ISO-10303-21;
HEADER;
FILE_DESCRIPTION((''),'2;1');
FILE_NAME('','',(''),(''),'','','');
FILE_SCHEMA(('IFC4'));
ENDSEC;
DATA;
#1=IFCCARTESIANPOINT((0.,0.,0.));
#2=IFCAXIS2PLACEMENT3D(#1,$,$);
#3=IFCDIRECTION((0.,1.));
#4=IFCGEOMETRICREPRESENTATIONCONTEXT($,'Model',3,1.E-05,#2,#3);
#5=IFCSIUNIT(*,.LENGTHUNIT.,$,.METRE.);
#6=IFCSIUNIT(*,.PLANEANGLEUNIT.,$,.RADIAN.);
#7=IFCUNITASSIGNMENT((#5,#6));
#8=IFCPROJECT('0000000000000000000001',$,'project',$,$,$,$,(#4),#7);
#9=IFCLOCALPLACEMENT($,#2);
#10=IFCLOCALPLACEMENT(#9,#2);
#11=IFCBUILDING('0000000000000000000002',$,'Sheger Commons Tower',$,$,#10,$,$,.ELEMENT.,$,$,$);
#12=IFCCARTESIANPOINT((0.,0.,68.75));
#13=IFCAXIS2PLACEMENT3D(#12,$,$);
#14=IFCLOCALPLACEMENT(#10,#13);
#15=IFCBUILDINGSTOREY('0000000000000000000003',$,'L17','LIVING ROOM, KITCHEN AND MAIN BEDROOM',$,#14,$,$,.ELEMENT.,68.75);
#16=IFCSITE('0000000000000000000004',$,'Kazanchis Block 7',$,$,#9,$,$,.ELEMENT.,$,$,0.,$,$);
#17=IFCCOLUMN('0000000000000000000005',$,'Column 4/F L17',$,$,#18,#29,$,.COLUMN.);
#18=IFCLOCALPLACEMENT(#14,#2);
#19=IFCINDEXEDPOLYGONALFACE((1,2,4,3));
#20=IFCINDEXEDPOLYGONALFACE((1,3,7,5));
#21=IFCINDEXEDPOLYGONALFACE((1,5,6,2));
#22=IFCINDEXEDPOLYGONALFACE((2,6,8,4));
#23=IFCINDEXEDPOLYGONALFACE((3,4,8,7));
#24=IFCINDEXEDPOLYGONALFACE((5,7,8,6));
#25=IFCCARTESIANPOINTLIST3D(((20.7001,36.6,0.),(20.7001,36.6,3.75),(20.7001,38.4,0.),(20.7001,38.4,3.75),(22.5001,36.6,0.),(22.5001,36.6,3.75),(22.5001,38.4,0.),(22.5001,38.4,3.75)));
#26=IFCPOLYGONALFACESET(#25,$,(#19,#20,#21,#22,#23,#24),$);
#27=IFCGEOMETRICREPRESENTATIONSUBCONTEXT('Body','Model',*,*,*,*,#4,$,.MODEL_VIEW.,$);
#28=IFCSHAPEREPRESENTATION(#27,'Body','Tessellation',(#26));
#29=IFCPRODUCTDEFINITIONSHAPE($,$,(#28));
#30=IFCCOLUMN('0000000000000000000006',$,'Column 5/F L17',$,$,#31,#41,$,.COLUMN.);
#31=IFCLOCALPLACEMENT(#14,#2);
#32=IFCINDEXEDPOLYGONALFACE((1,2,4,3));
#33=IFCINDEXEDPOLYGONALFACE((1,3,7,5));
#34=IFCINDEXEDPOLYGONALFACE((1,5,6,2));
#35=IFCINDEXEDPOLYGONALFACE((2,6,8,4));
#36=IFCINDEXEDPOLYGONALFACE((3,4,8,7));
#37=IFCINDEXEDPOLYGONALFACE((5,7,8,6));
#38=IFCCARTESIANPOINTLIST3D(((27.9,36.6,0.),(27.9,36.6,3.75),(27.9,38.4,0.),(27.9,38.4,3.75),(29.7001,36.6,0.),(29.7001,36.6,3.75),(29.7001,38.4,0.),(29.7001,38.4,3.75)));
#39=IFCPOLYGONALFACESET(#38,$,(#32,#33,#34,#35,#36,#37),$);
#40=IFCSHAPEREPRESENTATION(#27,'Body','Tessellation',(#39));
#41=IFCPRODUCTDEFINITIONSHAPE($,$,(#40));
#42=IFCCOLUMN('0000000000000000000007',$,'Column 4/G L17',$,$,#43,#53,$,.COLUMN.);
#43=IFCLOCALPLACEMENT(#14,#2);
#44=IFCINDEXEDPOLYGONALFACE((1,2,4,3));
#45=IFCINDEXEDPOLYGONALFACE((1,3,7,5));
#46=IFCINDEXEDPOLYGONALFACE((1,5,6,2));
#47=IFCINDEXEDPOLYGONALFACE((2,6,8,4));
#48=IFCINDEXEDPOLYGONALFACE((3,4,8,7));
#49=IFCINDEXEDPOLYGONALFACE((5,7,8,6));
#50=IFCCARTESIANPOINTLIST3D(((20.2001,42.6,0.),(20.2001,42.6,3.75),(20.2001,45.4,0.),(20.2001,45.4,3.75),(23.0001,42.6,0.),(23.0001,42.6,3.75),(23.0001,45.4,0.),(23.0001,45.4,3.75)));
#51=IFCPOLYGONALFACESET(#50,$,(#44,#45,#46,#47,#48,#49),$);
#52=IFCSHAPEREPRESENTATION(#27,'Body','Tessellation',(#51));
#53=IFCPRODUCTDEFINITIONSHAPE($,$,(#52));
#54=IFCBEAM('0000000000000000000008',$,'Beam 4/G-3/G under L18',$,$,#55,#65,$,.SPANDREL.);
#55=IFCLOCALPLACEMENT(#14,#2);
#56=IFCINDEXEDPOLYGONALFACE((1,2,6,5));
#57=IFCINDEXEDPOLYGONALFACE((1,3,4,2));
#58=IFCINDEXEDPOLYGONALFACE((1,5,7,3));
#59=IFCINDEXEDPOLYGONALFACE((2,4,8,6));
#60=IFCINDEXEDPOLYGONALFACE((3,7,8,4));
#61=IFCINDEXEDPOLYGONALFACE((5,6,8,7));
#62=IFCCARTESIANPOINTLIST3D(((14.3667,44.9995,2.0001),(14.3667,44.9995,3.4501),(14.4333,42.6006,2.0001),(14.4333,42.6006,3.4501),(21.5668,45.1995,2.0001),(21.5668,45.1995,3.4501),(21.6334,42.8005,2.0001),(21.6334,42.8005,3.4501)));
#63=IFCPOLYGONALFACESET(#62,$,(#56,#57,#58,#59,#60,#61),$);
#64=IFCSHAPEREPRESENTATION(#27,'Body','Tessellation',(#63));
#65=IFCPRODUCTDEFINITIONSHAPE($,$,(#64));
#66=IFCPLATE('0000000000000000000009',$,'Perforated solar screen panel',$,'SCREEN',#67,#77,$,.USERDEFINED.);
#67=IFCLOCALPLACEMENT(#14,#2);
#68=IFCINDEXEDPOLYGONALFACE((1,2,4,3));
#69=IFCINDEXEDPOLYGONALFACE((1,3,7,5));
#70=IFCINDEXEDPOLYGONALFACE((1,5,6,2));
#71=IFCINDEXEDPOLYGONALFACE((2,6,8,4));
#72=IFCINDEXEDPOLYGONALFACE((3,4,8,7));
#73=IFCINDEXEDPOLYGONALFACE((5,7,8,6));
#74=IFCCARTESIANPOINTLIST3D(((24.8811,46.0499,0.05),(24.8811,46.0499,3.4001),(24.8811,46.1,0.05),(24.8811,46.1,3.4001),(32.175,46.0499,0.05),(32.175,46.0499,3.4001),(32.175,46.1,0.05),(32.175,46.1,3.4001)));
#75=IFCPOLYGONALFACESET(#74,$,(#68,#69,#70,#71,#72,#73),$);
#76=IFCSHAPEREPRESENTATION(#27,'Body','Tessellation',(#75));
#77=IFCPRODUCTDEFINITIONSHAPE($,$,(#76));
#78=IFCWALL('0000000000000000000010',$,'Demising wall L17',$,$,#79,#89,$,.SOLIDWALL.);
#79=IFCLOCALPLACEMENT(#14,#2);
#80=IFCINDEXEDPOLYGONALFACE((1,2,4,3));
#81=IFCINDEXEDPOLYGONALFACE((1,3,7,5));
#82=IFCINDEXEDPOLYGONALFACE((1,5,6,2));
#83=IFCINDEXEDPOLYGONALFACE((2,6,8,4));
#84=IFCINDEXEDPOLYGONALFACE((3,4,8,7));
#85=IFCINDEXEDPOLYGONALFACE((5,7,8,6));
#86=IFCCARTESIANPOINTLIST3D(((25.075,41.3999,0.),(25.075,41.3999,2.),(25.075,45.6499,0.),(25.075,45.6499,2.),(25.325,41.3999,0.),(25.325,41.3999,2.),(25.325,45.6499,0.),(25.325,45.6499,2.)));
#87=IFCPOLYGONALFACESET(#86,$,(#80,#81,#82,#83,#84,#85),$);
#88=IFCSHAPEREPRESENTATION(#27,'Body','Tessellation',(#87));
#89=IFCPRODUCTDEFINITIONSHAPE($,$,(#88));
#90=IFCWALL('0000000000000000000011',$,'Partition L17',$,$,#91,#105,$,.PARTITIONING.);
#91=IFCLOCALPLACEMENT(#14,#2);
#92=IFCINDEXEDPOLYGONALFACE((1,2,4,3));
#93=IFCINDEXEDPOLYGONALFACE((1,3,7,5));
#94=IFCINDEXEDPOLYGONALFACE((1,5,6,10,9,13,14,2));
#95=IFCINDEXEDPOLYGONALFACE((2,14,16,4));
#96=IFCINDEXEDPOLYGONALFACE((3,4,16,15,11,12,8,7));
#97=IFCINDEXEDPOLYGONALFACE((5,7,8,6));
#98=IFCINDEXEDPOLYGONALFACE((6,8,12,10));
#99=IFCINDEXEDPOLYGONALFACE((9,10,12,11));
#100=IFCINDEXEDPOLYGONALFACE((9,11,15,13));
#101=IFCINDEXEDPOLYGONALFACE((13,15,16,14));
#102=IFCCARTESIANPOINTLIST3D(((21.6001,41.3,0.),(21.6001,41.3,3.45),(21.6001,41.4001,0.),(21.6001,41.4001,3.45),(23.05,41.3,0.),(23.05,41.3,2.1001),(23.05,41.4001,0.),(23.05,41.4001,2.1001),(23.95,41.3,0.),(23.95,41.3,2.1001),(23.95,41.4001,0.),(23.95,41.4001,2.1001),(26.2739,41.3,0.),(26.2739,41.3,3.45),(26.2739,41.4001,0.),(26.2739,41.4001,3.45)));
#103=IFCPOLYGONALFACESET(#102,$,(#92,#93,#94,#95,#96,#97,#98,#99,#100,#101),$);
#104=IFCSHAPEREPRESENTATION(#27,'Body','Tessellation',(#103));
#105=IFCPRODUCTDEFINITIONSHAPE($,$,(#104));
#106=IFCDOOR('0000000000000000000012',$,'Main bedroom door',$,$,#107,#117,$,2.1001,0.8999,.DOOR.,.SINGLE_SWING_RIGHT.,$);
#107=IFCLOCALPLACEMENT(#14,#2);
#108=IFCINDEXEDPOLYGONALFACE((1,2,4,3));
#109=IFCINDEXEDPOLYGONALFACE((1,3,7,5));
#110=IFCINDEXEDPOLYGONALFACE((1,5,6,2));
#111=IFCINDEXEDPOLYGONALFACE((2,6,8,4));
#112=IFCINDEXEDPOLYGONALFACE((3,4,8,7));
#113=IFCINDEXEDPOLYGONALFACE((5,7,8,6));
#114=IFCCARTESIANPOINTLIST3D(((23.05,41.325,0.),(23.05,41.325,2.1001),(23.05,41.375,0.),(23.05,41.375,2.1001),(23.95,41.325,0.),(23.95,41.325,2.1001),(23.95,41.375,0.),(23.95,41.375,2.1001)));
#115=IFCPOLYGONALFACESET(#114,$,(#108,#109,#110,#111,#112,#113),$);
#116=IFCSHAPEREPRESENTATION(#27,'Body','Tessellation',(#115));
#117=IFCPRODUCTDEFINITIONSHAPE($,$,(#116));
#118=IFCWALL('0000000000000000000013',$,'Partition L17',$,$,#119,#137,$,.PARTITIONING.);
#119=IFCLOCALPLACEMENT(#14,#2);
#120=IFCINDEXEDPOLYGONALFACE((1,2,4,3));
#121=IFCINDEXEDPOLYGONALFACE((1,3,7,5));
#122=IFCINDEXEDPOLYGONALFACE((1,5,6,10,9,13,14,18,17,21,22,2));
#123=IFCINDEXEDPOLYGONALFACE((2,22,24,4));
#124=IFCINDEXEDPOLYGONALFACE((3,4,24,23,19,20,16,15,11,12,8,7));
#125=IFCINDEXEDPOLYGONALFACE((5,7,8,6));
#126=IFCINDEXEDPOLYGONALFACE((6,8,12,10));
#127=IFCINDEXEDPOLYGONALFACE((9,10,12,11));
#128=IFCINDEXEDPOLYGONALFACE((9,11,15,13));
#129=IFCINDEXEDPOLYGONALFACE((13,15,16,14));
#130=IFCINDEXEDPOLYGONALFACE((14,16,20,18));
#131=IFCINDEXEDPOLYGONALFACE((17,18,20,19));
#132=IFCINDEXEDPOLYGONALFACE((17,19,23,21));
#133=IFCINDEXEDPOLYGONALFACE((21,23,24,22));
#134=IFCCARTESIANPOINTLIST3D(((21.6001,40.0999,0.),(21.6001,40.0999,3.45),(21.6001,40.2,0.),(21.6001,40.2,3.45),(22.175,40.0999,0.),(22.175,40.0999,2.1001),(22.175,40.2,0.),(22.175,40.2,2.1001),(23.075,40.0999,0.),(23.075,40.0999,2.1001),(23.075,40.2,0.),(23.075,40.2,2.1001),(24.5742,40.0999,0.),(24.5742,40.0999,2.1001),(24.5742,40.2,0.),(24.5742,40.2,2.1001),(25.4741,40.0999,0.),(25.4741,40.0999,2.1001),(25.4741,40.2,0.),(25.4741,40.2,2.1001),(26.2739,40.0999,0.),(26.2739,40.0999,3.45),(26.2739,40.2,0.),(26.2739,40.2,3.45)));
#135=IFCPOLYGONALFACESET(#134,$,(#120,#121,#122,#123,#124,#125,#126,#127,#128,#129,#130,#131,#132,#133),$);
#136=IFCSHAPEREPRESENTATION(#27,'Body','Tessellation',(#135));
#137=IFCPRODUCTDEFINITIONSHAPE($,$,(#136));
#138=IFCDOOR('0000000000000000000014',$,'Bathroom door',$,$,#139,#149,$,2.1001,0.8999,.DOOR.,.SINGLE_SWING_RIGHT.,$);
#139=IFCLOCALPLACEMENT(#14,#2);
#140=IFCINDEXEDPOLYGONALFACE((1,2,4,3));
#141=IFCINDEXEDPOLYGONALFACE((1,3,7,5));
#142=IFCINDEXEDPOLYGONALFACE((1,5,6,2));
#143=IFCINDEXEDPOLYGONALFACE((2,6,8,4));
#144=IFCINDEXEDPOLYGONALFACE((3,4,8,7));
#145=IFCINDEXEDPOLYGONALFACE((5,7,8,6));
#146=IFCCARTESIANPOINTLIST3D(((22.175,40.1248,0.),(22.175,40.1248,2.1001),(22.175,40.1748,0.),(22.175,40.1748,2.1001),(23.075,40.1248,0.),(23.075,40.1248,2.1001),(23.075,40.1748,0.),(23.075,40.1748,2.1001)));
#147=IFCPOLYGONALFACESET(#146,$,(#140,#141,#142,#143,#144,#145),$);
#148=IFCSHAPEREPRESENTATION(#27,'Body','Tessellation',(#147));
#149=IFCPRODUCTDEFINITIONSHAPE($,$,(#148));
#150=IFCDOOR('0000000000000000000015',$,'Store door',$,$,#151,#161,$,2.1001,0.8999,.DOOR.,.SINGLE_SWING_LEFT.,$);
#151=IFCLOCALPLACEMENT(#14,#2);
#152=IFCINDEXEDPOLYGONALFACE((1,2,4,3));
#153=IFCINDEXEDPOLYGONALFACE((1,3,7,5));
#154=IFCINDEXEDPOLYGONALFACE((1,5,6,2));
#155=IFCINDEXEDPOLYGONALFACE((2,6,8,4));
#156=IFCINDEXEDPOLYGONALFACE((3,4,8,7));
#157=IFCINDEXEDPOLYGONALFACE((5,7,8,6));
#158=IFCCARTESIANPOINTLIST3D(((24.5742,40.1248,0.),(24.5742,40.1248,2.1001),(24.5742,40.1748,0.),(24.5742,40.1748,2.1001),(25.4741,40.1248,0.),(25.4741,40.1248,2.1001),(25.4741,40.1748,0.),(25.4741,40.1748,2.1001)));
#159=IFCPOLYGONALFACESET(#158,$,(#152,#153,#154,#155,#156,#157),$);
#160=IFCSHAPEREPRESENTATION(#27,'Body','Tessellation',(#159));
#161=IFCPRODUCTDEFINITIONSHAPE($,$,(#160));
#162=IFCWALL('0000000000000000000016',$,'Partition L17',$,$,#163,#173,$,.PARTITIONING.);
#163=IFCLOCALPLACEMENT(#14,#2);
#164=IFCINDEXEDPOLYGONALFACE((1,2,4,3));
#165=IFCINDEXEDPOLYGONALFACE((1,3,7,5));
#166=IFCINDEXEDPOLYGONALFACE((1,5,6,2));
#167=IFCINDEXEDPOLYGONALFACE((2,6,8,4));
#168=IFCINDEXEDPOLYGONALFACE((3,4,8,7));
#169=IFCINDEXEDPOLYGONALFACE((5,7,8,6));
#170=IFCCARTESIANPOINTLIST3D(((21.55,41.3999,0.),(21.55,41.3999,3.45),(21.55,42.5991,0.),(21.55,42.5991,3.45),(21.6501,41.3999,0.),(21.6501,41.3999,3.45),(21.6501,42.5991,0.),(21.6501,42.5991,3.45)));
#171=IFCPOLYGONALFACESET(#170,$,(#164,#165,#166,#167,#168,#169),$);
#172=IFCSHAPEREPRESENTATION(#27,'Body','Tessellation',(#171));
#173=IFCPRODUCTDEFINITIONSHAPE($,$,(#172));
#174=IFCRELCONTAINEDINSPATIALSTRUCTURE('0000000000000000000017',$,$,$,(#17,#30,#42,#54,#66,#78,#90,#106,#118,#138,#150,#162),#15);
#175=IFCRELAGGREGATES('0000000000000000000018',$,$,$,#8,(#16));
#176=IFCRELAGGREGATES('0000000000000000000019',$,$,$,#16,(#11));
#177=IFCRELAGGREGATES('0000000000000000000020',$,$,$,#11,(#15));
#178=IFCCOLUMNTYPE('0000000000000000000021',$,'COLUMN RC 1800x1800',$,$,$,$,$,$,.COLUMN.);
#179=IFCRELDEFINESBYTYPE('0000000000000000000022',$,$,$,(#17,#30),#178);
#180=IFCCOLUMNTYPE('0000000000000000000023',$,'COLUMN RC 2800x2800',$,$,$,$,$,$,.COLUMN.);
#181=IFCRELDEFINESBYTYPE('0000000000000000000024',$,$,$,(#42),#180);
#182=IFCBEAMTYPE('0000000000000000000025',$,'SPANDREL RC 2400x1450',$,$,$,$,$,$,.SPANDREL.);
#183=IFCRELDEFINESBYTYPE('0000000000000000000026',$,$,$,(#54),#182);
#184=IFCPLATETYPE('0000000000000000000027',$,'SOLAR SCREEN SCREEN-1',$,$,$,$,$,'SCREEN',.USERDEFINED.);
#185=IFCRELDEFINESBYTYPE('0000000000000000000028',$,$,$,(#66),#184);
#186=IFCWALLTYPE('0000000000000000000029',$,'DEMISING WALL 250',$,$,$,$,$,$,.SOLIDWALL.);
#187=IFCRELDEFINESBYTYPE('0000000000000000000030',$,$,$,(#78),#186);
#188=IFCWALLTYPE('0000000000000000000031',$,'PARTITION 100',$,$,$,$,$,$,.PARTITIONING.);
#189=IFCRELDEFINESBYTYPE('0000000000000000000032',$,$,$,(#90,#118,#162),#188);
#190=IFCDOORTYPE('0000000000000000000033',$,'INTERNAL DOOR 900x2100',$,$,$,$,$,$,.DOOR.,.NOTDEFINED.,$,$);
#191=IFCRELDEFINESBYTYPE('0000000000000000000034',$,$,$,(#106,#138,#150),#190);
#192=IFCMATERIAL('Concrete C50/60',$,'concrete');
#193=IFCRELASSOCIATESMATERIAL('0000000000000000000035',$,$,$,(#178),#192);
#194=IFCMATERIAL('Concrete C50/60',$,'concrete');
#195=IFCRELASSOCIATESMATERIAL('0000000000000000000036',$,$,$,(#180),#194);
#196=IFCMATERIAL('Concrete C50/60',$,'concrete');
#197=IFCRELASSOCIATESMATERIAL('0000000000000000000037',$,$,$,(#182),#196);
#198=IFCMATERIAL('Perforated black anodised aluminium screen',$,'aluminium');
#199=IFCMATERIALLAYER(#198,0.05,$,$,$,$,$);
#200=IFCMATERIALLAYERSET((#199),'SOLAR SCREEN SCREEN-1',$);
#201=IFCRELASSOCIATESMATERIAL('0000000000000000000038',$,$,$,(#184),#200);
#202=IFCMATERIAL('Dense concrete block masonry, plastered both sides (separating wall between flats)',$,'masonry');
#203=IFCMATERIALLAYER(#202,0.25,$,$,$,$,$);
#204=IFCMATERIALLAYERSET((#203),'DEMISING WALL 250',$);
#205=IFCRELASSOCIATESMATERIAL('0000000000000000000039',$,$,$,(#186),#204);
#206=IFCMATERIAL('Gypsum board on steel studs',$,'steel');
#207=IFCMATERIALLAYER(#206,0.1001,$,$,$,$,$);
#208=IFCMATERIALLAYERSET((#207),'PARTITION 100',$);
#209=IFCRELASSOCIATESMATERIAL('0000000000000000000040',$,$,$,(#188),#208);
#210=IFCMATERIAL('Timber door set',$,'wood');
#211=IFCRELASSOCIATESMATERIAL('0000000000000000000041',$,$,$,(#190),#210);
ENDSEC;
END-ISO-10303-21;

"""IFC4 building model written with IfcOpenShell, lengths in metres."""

from ifc_helpers import new_model, si_unit, direction, frame, frame_2d, origin, origin_2d, place, context, subcontext, project, spatial, rectangle, extrude, material, layer, layer_set, material_profile, profile_set, type_object, element, fill, save


model = new_model("IFC4")

# Units and contexts
model_context = context("Model", 3, precision=1e-05, world=origin(), true_north=direction((0.0, 1.0)))
body_context = subcontext(model_context, "Body", "Model", "MODEL_VIEW")
ifc_project = project(units=[si_unit("LENGTHUNIT", "METRE"), si_unit("PLANEANGLEUNIT", "RADIAN")], contexts=[model_context])

# Site, building, storey
site_placement = place(None, origin())
site = spatial("IfcSite", under=ifc_project, at=site_placement, Name="Kazanchis Block 7", CompositionType="ELEMENT", RefElevation=0.0)
building_placement = place(site_placement, origin())
building = spatial("IfcBuilding", under=site, at=building_placement, Name="Sheger Commons Tower", CompositionType="ELEMENT")
storey_placement = place(building_placement, frame((0.0, 0.0, 68.75)))
storey = spatial("IfcBuildingStorey", under=building, at=storey_placement, Name="L17", Description="LIVING ROOM, KITCHEN AND MAIN BEDROOM", CompositionType="ELEMENT", Elevation=68.75)

# Columns
ifc_material_1 = material(Name="Concrete C50/60", Category="concrete")
ifc_material_profile_1 = material_profile(ifc_material_1, rectangle(XDim=1.8, YDim=1.8, at=origin_2d()), Name="RC 1800x1800")
ifc_profile_set_1 = profile_set([ifc_material_profile_1], Name="Concrete C50/60")
column_type_1 = type_object("IfcColumnType", Name="COLUMN RC 1800x1800", PredefinedType="COLUMN", material=ifc_profile_set_1)
for number, where, z_axis, x_axis, name in (
    (1, (21.6001, 37.5, 0.0), (0.0, 0.0, 1.0), (1.0, 0.0, 0.0), "Column 4/F L17"),
    (2, (28.8, 37.5, 0.0), (0.0, 0.0, 1.0), (1.0, 0.0, 0.0), "Column 5/F L17"),
):
    element("IfcColumn", number, at=place(storey_placement, frame(where, z_axis=z_axis, x_axis=x_axis)), inside=storey, type_object=column_type_1, Name=name, PredefinedType="COLUMN", context=body_context, shape_type="SweptSolid", body=[
        extrude(rectangle(XDim=1.8, YDim=1.8, at=origin_2d()), origin(), (0.0, 0.0, 1.0), 3.75),
    ])
ifc_material_2 = material(Name="Concrete C50/60", Category="concrete")
ifc_material_profile_2 = material_profile(ifc_material_2, rectangle(XDim=2.8, YDim=2.8, at=origin_2d()), Name="RC 2800x2800")
ifc_profile_set_2 = profile_set([ifc_material_profile_2], Name="Concrete C50/60")
column_type_2 = type_object("IfcColumnType", Name="COLUMN RC 2800x2800", PredefinedType="COLUMN", material=ifc_profile_set_2)
column_placement = place(storey_placement, frame((21.6001, 44.0, 0.0), z_axis=(0.0, 0.0, 1.0), x_axis=(1.0, 0.0, 0.0)))
element("IfcColumn", 3, at=column_placement, inside=storey, type_object=column_type_2, Name="Column 4/G L17", PredefinedType="COLUMN", context=body_context, shape_type="SweptSolid", body=[
    extrude(rectangle(XDim=2.8, YDim=2.8, at=origin_2d()), origin(), (0.0, 0.0, 1.0), 3.75),
])

# Beam
ifc_material_3 = material(Name="Concrete C50/60", Category="concrete")
ifc_material_profile_3 = material_profile(ifc_material_3, rectangle(XDim=2.3999, YDim=1.45, at=origin_2d()), Name="RC 2400x1450")
ifc_profile_set_3 = profile_set([ifc_material_profile_3], Name="Concrete C50/60")
beam_type = type_object("IfcBeamType", Name="SPANDREL RC 2400x1450", PredefinedType="SPANDREL", material=ifc_profile_set_3)
beam_placement = place(storey_placement, frame((21.6001, 44.0, 2.7251), z_axis=(-0.999615, -0.02776, 0.0), x_axis=(0.02776, -0.999615, 0.0)))
element("IfcBeam", 4, at=beam_placement, inside=storey, type_object=beam_type, Name="Beam 4/G-3/G under L18", PredefinedType="SPANDREL", context=body_context, shape_type="SweptSolid", body=[
    extrude(rectangle(XDim=2.3999, YDim=1.45, at=origin_2d()), origin(), (0.0, 0.0, 1.0), 7.2029),
])

# Plate
ifc_material_4 = material(Name="Perforated black anodised aluminium screen", Category="aluminium")
ifc_layer_1 = layer(ifc_material_4, 0.05)
ifc_layer_set_1 = layer_set([ifc_layer_1], Name="SOLAR SCREEN SCREEN-1")
plate_type = type_object("IfcPlateType", Name="SOLAR SCREEN SCREEN-1", ElementType="SCREEN", PredefinedType="USERDEFINED", material=ifc_layer_set_1)
plate_placement = place(storey_placement, frame((28.5281, 46.075, 0.05), z_axis=(0.0, 0.0, 1.0), x_axis=(-1.0, 0.0, 0.0)))
element("IfcPlate", 5, at=plate_placement, inside=storey, type_object=plate_type, Name="Perforated solar screen panel", ObjectType="SCREEN", PredefinedType="USERDEFINED", context=body_context, shape_type="SweptSolid", body=[
    extrude(rectangle(XDim=7.2939, YDim=0.05, at=origin_2d()), origin(), (0.0, 0.0, 1.0), 3.3501),
])

# Wall
ifc_material_5 = material(Name="Dense concrete block masonry, plastered both sides (separating wall between flats)", Category="masonry")
ifc_layer_2 = layer(ifc_material_5, 0.25)
ifc_layer_set_2 = layer_set([ifc_layer_2], Name="DEMISING WALL 250")
wall_type_1 = type_object("IfcWallType", Name="DEMISING WALL 250", PredefinedType="SOLIDWALL", material=ifc_layer_set_2)
wall_1_placement = place(storey_placement, frame((25.2, 41.3999, 0.0), z_axis=(0.0, 0.0, 1.0), x_axis=(0.0, 1.0, 0.0)))
element("IfcWall", 6, at=wall_1_placement, inside=storey, type_object=wall_type_1, Name="Demising wall L17", PredefinedType="SOLIDWALL", context=body_context, shape_type="SweptSolid", body=[
    extrude(rectangle(XDim=4.25, YDim=0.25, at=frame_2d((2.125, 0.0))), origin(), (0.0, 0.0, 1.0), 2.0),
])

# Wall, opening, door
ifc_material_6 = material(Name="Gypsum board on steel studs", Category="steel")
ifc_layer_3 = layer(ifc_material_6, 0.1001)
ifc_layer_set_3 = layer_set([ifc_layer_3], Name="PARTITION 100")
wall_type_2 = type_object("IfcWallType", Name="PARTITION 100", PredefinedType="PARTITIONING", material=ifc_layer_set_3)
wall_2_placement = place(storey_placement, frame((21.6001, 41.3501, 0.0), z_axis=(0.0, 0.0, 1.0), x_axis=(1.0, 0.0, 0.0)))
wall_2 = element("IfcWall", 7, at=wall_2_placement, inside=storey, type_object=wall_type_2, Name="Partition L17", PredefinedType="PARTITIONING", context=body_context, shape_type="SweptSolid", body=[
    extrude(rectangle(XDim=4.6738, YDim=0.1001, at=frame_2d((2.3369, 0.0))), origin(), (0.0, 0.0, 1.0), 3.45),
])
opening_1_placement = place(wall_2_placement, frame((1.45, 0.0, 0.0)))
opening_1 = element("IfcOpeningElement", 8, at=opening_1_placement, cuts=wall_2, PredefinedType="OPENING", context=body_context, shape_type="SweptSolid", body=[
    extrude(rectangle(XDim=0.8999, YDim=2.1001, at=frame_2d((0.45, 1.05))), frame((0.0, 0.0601, 0.0), z_axis=(0.0, -1.0, 0.0), x_axis=(1.0, 0.0, 0.0)), (0.0, 0.0, 1.0), 0.1201),
])
ifc_material_7 = material(Name="Timber door set", Category="wood")
door_type = type_object("IfcDoorType", Name="INTERNAL DOOR 900x2100", OperationType="NOTDEFINED", PredefinedType="DOOR", material=ifc_material_7)
door_1_placement = place(opening_1_placement, origin())
door_1 = element("IfcDoor", 9, at=door_1_placement, inside=storey, type_object=door_type, Name="Main bedroom door", OperationType="SINGLE_SWING_RIGHT", OverallHeight=2.1001, OverallWidth=0.8999, PredefinedType="DOOR", context=body_context, shape_type="SweptSolid", body=[
    extrude(rectangle(XDim=0.8999, YDim=2.1001, at=frame_2d((0.45, 1.05))), frame((0.0, 0.0249, 0.0), z_axis=(0.0, -1.0, 0.0), x_axis=(1.0, 0.0, 0.0)), (0.0, 0.0, 1.0), 0.05),
])
fill(opening_1, door_1)

# Wall, openings, doors
wall_3_placement = place(storey_placement, frame((21.6001, 40.1499, 0.0), z_axis=(0.0, 0.0, 1.0), x_axis=(1.0, 0.0, 0.0)))
wall_3 = element("IfcWall", 10, at=wall_3_placement, inside=storey, type_object=wall_type_2, Name="Partition L17", PredefinedType="PARTITIONING", context=body_context, shape_type="SweptSolid", body=[
    extrude(rectangle(XDim=4.6738, YDim=0.1001, at=frame_2d((2.3369, 0.0))), origin(), (0.0, 0.0, 1.0), 3.45),
])
opening_2_placement = place(wall_3_placement, frame((0.575, 0.0, 0.0)))
opening_2 = element("IfcOpeningElement", 11, at=opening_2_placement, cuts=wall_3, PredefinedType="OPENING", context=body_context, shape_type="SweptSolid", body=[
    extrude(rectangle(XDim=0.8999, YDim=2.1001, at=frame_2d((0.45, 1.05))), frame((0.0, 0.0601, 0.0), z_axis=(0.0, -1.0, 0.0), x_axis=(1.0, 0.0, 0.0)), (0.0, 0.0, 1.0), 0.1201),
])
opening_3_placement = place(wall_3_placement, frame((2.9741, 0.0, 0.0)))
opening_3 = element("IfcOpeningElement", 12, at=opening_3_placement, cuts=wall_3, PredefinedType="OPENING", context=body_context, shape_type="SweptSolid", body=[
    extrude(rectangle(XDim=0.8999, YDim=2.1001, at=frame_2d((0.45, 1.05))), frame((0.0, 0.0601, 0.0), z_axis=(0.0, -1.0, 0.0), x_axis=(1.0, 0.0, 0.0)), (0.0, 0.0, 1.0), 0.1201),
])
door_2_placement = place(opening_2_placement, origin())
door_2 = element("IfcDoor", 13, at=door_2_placement, inside=storey, type_object=door_type, Name="Bathroom door", OperationType="SINGLE_SWING_RIGHT", OverallHeight=2.1001, OverallWidth=0.8999, PredefinedType="DOOR", context=body_context, shape_type="SweptSolid", body=[
    extrude(rectangle(XDim=0.8999, YDim=2.1001, at=frame_2d((0.45, 1.05))), frame((0.0, 0.0249, 0.0), z_axis=(0.0, -1.0, 0.0), x_axis=(1.0, 0.0, 0.0)), (0.0, 0.0, 1.0), 0.05),
])
fill(opening_2, door_2)
door_3_placement = place(opening_3_placement, origin())
door_3 = element("IfcDoor", 14, at=door_3_placement, inside=storey, type_object=door_type, Name="Store door", OperationType="SINGLE_SWING_LEFT", OverallHeight=2.1001, OverallWidth=0.8999, PredefinedType="DOOR", context=body_context, shape_type="SweptSolid", body=[
    extrude(rectangle(XDim=0.8999, YDim=2.1001, at=frame_2d((0.45, 1.05))), frame((0.0, 0.0249, 0.0), z_axis=(0.0, -1.0, 0.0), x_axis=(1.0, 0.0, 0.0)), (0.0, 0.0, 1.0), 0.05),
])
fill(opening_3, door_3)

# Wall
wall_4_placement = place(storey_placement, frame((21.6001, 41.3999, 0.0), z_axis=(0.0, 0.0, 1.0), x_axis=(0.0, 1.0, 0.0)))
element("IfcWall", 15, at=wall_4_placement, inside=storey, type_object=wall_type_2, Name="Partition L17", PredefinedType="PARTITIONING", context=body_context, shape_type="SweptSolid", body=[
    extrude(rectangle(XDim=1.1992, YDim=0.1001, at=frame_2d((0.5996, 0.0))), origin(), (0.0, 0.0, 1.0), 3.45),
])

save(model, "model.ifc")
